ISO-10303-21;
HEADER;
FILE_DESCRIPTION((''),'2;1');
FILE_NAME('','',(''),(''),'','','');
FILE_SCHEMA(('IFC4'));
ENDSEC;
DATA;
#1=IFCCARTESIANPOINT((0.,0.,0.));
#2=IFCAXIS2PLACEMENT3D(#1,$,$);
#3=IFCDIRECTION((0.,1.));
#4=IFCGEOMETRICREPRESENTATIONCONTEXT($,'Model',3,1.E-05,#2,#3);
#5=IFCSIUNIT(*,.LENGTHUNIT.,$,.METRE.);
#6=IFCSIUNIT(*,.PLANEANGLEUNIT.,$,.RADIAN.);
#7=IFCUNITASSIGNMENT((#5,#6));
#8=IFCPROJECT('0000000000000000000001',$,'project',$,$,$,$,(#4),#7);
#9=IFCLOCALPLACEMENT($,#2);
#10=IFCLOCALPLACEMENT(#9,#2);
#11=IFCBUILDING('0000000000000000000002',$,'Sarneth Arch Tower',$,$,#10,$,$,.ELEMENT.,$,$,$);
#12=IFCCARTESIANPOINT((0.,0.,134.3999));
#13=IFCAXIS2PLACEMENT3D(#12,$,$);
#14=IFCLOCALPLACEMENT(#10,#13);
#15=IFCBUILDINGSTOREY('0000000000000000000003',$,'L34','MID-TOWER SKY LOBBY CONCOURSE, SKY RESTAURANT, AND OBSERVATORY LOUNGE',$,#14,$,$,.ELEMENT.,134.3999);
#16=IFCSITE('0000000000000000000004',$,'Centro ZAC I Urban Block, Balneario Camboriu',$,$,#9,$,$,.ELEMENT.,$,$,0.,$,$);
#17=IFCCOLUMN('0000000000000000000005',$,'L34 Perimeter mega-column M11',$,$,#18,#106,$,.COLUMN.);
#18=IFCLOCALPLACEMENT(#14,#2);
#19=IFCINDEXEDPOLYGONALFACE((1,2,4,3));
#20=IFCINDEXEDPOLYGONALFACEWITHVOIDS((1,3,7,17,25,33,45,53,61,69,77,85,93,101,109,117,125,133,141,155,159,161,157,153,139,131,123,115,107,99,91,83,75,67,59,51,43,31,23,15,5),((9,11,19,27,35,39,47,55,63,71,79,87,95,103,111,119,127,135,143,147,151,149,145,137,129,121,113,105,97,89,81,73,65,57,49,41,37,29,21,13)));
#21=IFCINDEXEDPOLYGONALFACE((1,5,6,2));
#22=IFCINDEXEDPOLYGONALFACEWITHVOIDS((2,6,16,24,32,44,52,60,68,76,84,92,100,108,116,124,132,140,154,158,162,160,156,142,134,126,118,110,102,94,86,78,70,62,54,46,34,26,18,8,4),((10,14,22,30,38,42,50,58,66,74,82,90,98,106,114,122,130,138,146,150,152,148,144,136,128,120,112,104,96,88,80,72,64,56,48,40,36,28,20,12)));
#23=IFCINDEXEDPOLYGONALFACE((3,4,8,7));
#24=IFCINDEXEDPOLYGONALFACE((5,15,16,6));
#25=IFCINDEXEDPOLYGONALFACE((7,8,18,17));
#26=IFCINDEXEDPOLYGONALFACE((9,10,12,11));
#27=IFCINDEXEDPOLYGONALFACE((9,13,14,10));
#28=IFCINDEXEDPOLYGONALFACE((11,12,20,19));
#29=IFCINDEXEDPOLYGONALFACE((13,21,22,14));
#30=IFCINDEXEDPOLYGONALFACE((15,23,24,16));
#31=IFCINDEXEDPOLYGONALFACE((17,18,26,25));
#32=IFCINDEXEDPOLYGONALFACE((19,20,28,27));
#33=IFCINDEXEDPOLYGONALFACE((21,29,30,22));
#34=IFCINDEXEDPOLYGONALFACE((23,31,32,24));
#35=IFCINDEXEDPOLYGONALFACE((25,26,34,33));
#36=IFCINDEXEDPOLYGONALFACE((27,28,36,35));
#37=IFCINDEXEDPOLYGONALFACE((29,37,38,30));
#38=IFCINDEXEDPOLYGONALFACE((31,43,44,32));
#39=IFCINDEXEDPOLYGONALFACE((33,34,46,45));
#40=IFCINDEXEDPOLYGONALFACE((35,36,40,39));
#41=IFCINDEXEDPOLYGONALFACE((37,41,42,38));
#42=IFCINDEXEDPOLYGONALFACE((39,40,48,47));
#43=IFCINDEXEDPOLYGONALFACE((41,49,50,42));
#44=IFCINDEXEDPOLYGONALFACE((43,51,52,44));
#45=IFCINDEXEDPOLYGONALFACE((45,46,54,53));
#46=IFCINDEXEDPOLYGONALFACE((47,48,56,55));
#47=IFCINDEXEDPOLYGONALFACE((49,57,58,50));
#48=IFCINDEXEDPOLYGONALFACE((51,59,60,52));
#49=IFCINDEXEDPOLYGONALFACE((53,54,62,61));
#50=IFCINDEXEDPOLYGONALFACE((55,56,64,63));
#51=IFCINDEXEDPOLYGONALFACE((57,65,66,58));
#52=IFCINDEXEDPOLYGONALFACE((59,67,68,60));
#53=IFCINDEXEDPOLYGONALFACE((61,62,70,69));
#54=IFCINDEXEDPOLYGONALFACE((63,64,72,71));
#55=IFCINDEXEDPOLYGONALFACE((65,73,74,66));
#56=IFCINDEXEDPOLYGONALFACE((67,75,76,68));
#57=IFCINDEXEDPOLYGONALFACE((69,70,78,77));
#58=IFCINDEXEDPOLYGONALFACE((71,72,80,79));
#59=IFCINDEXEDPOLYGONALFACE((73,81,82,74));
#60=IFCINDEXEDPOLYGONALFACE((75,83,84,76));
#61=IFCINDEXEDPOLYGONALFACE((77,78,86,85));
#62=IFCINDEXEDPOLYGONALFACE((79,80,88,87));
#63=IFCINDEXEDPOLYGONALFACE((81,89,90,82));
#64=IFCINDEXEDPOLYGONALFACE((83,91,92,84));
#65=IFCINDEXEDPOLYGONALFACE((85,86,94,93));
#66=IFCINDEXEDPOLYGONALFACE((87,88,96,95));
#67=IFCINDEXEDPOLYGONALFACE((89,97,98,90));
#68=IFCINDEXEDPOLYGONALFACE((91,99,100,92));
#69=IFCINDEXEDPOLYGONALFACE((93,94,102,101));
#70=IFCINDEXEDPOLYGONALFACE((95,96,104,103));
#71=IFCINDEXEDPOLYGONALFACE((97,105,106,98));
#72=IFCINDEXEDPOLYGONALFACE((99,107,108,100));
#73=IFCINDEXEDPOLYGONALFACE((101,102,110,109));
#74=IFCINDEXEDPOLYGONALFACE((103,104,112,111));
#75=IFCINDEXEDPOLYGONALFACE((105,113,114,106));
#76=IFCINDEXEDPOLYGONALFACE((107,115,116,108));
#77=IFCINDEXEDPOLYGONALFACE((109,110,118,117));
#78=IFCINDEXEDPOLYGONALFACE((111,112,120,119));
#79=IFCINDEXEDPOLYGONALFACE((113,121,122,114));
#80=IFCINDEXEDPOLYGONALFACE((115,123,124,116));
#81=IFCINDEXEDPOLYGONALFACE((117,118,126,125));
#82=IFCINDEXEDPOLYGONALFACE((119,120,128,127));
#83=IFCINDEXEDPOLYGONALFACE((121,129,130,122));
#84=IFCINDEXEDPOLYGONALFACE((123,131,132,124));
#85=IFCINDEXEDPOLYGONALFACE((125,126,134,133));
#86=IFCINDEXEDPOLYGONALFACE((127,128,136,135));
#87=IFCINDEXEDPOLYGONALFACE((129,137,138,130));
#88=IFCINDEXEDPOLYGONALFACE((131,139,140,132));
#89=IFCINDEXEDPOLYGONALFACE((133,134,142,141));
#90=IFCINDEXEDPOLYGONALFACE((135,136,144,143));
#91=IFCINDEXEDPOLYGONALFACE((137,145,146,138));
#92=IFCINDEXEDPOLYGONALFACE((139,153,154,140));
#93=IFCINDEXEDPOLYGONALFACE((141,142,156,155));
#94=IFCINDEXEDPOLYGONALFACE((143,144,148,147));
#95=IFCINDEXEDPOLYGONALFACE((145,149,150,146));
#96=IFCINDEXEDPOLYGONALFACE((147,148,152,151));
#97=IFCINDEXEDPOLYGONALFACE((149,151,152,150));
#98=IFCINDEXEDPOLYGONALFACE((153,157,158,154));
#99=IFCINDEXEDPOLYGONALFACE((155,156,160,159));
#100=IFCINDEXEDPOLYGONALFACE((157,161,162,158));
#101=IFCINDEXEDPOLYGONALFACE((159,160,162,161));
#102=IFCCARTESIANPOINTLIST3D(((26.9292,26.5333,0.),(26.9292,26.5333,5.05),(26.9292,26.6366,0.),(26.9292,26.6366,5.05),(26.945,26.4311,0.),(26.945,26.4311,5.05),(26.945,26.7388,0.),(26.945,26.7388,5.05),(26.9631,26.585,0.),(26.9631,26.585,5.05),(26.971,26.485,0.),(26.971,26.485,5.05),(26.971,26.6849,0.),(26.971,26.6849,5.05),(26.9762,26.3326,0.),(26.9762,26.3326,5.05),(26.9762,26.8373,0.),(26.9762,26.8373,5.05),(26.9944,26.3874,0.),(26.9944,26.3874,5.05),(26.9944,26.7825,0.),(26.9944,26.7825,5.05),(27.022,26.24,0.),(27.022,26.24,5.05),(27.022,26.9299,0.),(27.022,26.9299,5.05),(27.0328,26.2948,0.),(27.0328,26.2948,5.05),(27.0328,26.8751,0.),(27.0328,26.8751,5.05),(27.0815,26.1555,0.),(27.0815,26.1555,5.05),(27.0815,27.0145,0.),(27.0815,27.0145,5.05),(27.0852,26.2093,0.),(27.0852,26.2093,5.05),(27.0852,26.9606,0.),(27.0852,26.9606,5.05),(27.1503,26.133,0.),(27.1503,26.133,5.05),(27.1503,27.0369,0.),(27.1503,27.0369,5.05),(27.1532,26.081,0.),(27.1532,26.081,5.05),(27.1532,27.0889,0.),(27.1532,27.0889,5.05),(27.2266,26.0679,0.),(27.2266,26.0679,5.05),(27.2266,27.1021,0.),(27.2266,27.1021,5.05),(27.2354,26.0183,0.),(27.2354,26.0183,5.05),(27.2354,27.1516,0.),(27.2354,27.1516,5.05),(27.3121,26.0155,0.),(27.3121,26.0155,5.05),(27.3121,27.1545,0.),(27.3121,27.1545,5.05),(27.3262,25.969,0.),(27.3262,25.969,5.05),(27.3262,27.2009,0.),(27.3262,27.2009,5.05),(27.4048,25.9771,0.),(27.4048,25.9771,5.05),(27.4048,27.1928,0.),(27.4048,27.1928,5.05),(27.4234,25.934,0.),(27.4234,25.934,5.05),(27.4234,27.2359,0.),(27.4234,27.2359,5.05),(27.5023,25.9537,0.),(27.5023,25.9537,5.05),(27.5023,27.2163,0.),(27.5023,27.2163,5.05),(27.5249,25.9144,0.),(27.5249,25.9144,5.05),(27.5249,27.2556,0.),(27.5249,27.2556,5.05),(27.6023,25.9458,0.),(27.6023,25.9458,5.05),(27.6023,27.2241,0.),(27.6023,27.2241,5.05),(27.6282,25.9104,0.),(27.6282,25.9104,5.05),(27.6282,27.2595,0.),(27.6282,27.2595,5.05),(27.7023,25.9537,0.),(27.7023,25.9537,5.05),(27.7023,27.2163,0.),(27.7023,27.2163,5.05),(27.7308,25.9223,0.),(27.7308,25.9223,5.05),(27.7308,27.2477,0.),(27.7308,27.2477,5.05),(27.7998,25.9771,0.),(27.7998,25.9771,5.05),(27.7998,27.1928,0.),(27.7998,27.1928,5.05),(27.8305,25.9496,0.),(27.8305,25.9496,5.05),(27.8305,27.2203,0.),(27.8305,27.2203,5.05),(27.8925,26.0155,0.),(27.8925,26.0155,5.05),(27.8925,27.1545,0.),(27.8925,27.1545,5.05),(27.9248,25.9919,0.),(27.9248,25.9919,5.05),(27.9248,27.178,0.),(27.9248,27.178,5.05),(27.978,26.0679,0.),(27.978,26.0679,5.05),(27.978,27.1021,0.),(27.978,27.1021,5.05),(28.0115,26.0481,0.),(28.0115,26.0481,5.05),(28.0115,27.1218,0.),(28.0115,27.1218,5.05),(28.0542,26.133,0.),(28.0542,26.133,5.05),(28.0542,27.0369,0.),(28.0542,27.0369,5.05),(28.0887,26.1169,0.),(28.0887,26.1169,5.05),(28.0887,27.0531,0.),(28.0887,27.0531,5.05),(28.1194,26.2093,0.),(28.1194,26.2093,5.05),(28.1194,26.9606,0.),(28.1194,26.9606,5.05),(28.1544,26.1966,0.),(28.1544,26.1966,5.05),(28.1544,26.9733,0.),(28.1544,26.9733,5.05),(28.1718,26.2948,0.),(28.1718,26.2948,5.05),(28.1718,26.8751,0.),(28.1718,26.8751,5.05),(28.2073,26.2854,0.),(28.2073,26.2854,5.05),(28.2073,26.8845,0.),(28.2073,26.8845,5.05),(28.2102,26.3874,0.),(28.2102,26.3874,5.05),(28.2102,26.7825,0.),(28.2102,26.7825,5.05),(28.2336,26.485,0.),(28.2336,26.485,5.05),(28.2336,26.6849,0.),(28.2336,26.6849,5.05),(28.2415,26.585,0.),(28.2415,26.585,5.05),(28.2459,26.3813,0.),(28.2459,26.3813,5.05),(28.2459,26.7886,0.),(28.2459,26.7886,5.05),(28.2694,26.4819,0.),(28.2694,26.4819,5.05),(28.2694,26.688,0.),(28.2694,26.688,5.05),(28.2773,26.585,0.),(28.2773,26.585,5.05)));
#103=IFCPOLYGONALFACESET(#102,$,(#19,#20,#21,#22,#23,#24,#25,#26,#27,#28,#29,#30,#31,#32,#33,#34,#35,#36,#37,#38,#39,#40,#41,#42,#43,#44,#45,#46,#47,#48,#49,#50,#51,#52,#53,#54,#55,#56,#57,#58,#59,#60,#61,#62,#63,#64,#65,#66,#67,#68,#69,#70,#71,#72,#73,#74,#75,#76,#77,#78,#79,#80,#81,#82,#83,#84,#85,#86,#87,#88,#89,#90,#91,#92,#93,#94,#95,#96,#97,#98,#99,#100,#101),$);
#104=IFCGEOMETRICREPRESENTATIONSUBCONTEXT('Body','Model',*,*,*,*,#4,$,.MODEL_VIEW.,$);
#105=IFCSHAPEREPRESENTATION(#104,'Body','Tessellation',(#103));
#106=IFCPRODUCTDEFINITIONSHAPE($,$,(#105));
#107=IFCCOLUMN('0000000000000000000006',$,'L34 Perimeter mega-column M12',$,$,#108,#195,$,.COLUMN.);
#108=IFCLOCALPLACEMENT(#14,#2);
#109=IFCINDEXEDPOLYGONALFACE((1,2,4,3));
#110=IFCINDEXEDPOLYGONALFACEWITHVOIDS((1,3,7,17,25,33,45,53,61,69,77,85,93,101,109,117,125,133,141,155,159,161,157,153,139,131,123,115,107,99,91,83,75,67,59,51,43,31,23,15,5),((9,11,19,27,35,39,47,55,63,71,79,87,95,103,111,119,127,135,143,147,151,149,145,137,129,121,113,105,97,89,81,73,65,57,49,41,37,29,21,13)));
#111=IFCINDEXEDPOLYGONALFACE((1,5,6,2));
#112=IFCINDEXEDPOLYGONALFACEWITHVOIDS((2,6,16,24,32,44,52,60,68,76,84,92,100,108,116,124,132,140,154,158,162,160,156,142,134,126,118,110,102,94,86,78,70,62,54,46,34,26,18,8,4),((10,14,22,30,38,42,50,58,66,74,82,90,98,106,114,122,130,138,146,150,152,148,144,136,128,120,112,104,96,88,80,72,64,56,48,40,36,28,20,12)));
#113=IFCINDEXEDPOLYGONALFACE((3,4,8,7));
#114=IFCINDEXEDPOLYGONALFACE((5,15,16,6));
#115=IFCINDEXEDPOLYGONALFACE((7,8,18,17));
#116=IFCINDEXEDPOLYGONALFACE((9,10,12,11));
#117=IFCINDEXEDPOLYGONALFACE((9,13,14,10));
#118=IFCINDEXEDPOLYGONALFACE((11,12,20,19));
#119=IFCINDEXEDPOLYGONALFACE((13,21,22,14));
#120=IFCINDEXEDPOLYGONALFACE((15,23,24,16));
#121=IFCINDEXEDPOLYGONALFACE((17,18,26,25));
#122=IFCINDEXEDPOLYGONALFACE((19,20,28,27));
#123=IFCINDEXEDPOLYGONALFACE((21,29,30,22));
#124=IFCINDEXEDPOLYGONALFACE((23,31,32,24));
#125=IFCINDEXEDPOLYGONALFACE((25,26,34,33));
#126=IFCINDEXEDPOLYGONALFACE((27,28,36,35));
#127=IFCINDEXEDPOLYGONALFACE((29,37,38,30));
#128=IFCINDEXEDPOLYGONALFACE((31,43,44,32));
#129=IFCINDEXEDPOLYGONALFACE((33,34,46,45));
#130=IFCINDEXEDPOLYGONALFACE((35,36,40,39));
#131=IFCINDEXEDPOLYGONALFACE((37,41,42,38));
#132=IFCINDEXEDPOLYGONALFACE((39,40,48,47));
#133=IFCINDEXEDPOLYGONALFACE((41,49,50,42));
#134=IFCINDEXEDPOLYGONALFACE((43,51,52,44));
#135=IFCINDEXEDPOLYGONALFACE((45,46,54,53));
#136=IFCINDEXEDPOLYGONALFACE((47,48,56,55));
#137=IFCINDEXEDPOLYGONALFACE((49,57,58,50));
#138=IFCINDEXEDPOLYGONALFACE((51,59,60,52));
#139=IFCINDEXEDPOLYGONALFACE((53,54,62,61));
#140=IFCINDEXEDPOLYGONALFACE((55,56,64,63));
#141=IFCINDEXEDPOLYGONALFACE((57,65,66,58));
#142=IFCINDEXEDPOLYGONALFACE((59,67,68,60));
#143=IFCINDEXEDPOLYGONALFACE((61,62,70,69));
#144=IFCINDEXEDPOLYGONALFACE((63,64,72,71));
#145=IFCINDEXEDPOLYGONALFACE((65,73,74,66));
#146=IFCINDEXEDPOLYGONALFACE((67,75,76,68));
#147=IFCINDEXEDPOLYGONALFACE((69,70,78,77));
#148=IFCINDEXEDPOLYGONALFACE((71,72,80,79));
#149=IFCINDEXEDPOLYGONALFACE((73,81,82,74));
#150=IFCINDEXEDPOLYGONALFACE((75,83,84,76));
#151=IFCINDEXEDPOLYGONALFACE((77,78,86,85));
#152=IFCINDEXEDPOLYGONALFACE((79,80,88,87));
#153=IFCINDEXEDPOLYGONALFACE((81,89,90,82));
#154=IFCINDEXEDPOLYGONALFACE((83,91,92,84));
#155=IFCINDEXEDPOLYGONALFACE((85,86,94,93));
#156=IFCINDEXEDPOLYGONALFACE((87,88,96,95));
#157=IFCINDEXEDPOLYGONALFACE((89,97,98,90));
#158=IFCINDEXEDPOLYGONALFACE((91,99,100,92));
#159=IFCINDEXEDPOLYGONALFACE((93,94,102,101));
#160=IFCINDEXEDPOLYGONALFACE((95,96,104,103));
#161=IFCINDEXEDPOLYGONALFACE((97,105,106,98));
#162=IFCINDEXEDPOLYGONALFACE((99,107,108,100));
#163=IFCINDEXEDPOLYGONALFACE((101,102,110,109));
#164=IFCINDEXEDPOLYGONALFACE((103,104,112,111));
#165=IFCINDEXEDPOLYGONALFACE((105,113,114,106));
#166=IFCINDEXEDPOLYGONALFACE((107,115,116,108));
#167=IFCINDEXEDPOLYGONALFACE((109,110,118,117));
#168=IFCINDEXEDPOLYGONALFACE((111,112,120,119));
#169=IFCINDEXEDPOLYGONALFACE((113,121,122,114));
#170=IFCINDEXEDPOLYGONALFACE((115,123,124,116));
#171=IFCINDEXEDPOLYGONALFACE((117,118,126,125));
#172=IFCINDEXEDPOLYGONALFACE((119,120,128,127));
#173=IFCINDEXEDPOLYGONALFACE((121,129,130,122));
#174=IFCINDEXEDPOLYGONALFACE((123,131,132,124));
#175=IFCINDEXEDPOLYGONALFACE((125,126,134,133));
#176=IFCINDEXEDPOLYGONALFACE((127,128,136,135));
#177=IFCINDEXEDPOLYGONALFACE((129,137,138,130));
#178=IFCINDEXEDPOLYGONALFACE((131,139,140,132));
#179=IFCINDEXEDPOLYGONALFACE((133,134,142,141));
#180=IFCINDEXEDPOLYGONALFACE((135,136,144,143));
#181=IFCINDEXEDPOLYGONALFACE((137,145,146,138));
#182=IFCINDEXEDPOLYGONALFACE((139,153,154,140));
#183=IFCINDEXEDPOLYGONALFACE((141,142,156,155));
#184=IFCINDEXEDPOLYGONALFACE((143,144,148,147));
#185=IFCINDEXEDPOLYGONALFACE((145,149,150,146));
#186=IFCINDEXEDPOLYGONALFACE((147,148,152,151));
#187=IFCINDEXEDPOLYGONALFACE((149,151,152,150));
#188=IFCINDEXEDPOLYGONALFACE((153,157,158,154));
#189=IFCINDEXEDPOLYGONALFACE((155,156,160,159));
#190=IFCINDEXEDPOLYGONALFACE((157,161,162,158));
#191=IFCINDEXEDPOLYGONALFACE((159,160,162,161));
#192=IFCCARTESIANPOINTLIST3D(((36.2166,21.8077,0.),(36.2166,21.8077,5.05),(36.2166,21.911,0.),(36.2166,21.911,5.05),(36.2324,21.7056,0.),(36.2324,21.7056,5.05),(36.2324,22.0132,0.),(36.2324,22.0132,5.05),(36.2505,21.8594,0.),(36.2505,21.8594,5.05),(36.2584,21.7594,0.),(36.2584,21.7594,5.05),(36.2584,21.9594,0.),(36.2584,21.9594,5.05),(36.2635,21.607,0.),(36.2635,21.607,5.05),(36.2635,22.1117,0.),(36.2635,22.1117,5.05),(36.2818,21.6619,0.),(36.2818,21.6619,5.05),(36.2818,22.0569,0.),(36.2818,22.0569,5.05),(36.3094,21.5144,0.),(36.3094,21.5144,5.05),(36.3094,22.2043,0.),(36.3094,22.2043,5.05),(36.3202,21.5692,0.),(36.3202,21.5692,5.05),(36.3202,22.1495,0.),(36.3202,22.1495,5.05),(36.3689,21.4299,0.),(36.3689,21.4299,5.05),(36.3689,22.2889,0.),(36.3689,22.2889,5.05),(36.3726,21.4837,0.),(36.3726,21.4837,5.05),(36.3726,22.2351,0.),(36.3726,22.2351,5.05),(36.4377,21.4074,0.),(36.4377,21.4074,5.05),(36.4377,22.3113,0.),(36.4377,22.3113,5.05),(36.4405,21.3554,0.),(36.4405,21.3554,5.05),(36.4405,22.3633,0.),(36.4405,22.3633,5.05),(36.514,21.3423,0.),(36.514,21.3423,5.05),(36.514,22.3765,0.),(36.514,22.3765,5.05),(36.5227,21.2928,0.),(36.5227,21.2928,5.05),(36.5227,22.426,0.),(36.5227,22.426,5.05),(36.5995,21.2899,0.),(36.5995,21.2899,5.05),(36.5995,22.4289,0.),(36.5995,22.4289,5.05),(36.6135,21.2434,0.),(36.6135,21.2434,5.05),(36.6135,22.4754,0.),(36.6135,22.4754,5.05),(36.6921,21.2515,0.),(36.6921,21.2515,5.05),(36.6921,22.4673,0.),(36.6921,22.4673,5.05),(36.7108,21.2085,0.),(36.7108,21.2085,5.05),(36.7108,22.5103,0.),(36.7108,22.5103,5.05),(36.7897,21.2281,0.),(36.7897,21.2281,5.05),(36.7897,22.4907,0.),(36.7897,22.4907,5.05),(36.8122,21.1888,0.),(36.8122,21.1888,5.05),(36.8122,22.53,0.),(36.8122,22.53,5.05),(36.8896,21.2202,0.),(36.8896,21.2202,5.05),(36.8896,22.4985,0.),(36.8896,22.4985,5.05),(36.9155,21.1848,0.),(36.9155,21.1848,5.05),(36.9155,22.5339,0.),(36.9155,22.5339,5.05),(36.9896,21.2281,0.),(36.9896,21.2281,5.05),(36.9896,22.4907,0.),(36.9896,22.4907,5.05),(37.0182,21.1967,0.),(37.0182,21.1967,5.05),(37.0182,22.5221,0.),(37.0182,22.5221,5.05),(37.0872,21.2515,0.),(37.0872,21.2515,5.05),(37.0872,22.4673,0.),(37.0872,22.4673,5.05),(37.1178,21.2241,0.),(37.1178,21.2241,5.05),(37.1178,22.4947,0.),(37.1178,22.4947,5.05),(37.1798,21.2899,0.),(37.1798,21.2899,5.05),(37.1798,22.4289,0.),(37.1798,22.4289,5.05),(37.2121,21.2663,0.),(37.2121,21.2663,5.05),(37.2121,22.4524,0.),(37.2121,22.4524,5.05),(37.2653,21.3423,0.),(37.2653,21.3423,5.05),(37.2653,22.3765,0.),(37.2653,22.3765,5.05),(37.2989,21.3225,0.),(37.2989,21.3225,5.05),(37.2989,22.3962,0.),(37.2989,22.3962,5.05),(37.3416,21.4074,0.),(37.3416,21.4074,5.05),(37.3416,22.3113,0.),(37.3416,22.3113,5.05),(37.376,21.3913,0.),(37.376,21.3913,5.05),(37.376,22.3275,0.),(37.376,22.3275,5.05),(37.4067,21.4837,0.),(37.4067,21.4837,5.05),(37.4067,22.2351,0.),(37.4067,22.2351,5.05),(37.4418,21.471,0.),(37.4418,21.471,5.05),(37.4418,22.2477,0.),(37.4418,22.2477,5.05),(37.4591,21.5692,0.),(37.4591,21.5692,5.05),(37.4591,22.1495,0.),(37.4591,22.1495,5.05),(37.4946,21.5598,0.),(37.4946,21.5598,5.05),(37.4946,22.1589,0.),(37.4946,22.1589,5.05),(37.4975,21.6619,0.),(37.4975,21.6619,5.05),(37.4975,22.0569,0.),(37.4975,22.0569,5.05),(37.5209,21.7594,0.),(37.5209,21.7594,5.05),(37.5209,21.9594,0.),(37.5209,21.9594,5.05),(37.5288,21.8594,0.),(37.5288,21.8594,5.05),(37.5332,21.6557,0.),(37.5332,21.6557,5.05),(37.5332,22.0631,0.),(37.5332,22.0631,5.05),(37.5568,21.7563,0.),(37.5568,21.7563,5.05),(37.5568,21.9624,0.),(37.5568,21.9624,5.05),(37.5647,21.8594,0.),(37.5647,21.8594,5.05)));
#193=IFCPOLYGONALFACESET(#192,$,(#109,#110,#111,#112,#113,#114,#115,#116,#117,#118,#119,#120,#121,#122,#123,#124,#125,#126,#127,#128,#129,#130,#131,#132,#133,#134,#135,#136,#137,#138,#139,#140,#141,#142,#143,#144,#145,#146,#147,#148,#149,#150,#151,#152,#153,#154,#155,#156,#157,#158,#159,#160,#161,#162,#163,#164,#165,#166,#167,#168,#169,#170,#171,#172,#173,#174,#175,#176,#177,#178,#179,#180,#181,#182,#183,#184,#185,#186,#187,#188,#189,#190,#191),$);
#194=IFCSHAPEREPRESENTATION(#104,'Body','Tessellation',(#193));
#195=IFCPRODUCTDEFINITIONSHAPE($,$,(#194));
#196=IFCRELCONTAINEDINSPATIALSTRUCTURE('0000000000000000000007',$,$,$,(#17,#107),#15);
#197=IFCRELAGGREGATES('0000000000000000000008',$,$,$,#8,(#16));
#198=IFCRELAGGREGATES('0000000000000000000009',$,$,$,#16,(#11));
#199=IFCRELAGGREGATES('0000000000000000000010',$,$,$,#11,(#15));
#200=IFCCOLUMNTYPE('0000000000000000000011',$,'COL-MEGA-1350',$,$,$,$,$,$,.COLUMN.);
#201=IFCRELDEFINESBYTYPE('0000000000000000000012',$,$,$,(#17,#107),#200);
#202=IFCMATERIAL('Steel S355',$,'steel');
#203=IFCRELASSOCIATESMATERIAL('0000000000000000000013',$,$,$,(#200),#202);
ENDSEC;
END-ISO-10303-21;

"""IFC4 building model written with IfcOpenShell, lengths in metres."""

from ifc_helpers import new_model, si_unit, direction, frame, origin, origin_2d, place, context, subcontext, project, spatial, hollow_circle, extrude, material, material_profile, profile_set, type_object, element, save


model = new_model("IFC4")

# Units and contexts
model_context = context("Model", 3, precision=1e-05, world=origin(), true_north=direction((0.0, 1.0)))
body_context = subcontext(model_context, "Body", "Model", "MODEL_VIEW")
ifc_project = project(units=[si_unit("LENGTHUNIT", "METRE"), si_unit("PLANEANGLEUNIT", "RADIAN")], contexts=[model_context])

# Site, building, storey
site_placement = place(None, origin())
site = spatial("IfcSite", under=ifc_project, at=site_placement, Name="Centro ZAC I Urban Block, Balneario Camboriu", CompositionType="ELEMENT", RefElevation=0.0)
building_placement = place(site_placement, origin())
building = spatial("IfcBuilding", under=site, at=building_placement, Name="Sarneth Arch Tower", CompositionType="ELEMENT")
storey_placement = place(building_placement, frame((0.0, 0.0, 134.3999)))
storey = spatial("IfcBuildingStorey", under=building, at=storey_placement, Name="L34", Description="MID-TOWER SKY LOBBY CONCOURSE, SKY RESTAURANT, AND OBSERVATORY LOUNGE", CompositionType="ELEMENT", Elevation=134.3999)

# Columns
ifc_material_1 = material(Name="Steel S355", Category="steel")
ifc_material_profile_1 = material_profile(ifc_material_1, hollow_circle(Radius=0.675, WallThickness=0.0359, at=origin_2d()), Name="CHS1350x36")
ifc_profile_set_1 = profile_set([ifc_material_profile_1], Name="Steel S355")
column_type = type_object("IfcColumnType", Name="COL-MEGA-1350", PredefinedType="COLUMN", material=ifc_profile_set_1)
for number, where, z_axis, x_axis, name in (
    (1, (27.6023, 26.585, 0.0), (0.0, 0.0, 1.0), (1.0, 0.0, 0.0), "L34 Perimeter mega-column M11"),
    (2, (36.8896, 21.8594, 0.0), (0.0, 0.0, 1.0), (1.0, 0.0, 0.0), "L34 Perimeter mega-column M12"),
):
    element("IfcColumn", number, at=place(storey_placement, frame(where, z_axis=z_axis, x_axis=x_axis)), inside=storey, type_object=column_type, Name=name, PredefinedType="COLUMN", context=body_context, shape_type="SweptSolid", body=[
        extrude(hollow_circle(Radius=0.675, WallThickness=0.0359, at=origin_2d()), origin(), (0.0, 0.0, 1.0), 5.05),
    ])

save(model, "model.ifc")
